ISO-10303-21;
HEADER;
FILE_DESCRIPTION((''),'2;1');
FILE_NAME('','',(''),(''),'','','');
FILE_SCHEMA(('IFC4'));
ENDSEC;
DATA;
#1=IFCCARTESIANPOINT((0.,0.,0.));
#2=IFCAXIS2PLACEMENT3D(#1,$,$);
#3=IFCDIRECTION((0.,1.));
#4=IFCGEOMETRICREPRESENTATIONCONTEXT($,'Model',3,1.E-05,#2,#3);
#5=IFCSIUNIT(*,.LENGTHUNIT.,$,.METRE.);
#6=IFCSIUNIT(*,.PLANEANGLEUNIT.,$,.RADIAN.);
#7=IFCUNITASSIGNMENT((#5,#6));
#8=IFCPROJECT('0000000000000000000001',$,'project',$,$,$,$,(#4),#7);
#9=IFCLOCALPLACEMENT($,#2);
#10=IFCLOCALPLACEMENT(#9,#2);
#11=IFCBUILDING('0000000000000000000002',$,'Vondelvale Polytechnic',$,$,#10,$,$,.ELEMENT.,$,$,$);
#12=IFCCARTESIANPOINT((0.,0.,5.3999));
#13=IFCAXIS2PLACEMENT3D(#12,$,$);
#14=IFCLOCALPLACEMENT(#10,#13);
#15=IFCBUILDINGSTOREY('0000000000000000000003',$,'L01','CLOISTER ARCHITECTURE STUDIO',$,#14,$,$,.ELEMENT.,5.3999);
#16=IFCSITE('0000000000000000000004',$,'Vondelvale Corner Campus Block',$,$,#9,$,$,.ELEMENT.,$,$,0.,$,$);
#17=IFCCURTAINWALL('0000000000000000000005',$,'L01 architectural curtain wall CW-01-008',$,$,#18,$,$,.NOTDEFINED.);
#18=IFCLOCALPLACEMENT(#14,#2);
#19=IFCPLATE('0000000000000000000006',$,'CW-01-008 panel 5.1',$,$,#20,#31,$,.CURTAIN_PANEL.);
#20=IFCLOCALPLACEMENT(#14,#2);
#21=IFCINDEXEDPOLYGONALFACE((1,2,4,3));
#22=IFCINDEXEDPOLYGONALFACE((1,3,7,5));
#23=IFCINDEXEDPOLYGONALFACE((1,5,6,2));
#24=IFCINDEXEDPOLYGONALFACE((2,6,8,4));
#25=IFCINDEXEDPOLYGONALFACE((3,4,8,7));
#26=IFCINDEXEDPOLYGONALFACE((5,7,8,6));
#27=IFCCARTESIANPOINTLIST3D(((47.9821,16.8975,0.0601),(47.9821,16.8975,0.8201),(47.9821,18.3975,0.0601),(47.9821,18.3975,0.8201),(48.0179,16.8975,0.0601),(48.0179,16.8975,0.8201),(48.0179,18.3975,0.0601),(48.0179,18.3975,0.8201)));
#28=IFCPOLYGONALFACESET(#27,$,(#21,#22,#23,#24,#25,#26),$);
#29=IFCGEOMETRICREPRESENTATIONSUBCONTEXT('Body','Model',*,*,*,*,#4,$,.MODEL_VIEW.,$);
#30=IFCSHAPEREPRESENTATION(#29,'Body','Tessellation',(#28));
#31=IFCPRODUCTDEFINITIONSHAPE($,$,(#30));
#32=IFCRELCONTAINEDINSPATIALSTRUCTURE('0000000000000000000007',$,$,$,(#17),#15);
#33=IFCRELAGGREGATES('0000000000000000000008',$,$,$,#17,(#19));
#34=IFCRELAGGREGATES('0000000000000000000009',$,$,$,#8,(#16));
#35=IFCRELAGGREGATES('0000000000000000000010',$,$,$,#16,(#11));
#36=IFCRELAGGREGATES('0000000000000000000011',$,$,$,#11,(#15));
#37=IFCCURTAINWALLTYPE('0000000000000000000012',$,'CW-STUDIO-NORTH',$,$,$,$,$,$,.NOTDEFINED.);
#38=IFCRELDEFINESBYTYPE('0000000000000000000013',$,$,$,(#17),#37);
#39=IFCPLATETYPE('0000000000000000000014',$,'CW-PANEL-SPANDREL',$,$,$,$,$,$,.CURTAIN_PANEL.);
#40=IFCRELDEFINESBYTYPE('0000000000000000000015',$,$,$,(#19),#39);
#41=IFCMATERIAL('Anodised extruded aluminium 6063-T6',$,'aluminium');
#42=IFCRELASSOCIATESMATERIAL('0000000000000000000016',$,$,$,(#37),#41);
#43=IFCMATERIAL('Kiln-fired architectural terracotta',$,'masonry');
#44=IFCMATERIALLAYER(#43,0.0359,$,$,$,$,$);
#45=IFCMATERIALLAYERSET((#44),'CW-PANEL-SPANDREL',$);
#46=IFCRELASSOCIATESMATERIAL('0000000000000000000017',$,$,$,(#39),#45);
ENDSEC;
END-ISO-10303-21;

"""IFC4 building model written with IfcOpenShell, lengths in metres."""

from ifc_helpers import new_model, si_unit, direction, frame, origin, origin_2d, place, context, subcontext, project, spatial, rectangle, extrude, material, layer, layer_set, type_object, element, aggregate, save


model = new_model("IFC4")

# Units and contexts
model_context = context("Model", 3, precision=1e-05, world=origin(), true_north=direction((0.0, 1.0)))
body_context = subcontext(model_context, "Body", "Model", "MODEL_VIEW")
ifc_project = project(units=[si_unit("LENGTHUNIT", "METRE"), si_unit("PLANEANGLEUNIT", "RADIAN")], contexts=[model_context])

# Site, building, storey
site_placement = place(None, origin())
site = spatial("IfcSite", under=ifc_project, at=site_placement, Name="Vondelvale Corner Campus Block", CompositionType="ELEMENT", RefElevation=0.0)
building_placement = place(site_placement, origin())
building = spatial("IfcBuilding", under=site, at=building_placement, Name="Vondelvale Polytechnic", CompositionType="ELEMENT")
storey_placement = place(building_placement, frame((0.0, 0.0, 5.3999)))
storey = spatial("IfcBuildingStorey", under=building, at=storey_placement, Name="L01", Description="CLOISTER ARCHITECTURE STUDIO", CompositionType="ELEMENT", Elevation=5.3999)

# Curtain wall, plate
ifc_material_1 = material(Name="Anodised extruded aluminium 6063-T6", Category="aluminium")
curtain_wall_type = type_object("IfcCurtainWallType", Name="CW-STUDIO-NORTH", PredefinedType="NOTDEFINED", material=ifc_material_1)
curtain_wall_placement = place(storey_placement, origin())
curtain_wall = element("IfcCurtainWall", 1, at=curtain_wall_placement, inside=storey, type_object=curtain_wall_type, Name="L01 architectural curtain wall CW-01-008", PredefinedType="NOTDEFINED")
ifc_material_2 = material(Name="Kiln-fired architectural terracotta", Category="masonry")
ifc_layer_1 = layer(ifc_material_2, 0.0359)
ifc_layer_set_1 = layer_set([ifc_layer_1], Name="CW-PANEL-SPANDREL")
plate_type_1 = type_object("IfcPlateType", Name="CW-PANEL-SPANDREL", PredefinedType="CURTAIN_PANEL", material=ifc_layer_set_1)
plate_1_placement = place(storey_placement, frame((48.0, 17.6475, 0.0601), z_axis=(0.0, 0.0, 1.0), x_axis=(0.0, 1.0, 0.0)))
plate_1 = element("IfcPlate", 2, at=plate_1_placement, type_object=plate_type_1, Name="CW-01-008 panel 5.1", PredefinedType="CURTAIN_PANEL", context=body_context, shape_type="SweptSolid", body=[
    extrude(rectangle(XDim=1.5, YDim=0.0359, at=origin_2d()), origin(), (0.0, 0.0, 1.0), 0.76),
])
aggregate(curtain_wall, [plate_1])

save(model, "model.ifc")
